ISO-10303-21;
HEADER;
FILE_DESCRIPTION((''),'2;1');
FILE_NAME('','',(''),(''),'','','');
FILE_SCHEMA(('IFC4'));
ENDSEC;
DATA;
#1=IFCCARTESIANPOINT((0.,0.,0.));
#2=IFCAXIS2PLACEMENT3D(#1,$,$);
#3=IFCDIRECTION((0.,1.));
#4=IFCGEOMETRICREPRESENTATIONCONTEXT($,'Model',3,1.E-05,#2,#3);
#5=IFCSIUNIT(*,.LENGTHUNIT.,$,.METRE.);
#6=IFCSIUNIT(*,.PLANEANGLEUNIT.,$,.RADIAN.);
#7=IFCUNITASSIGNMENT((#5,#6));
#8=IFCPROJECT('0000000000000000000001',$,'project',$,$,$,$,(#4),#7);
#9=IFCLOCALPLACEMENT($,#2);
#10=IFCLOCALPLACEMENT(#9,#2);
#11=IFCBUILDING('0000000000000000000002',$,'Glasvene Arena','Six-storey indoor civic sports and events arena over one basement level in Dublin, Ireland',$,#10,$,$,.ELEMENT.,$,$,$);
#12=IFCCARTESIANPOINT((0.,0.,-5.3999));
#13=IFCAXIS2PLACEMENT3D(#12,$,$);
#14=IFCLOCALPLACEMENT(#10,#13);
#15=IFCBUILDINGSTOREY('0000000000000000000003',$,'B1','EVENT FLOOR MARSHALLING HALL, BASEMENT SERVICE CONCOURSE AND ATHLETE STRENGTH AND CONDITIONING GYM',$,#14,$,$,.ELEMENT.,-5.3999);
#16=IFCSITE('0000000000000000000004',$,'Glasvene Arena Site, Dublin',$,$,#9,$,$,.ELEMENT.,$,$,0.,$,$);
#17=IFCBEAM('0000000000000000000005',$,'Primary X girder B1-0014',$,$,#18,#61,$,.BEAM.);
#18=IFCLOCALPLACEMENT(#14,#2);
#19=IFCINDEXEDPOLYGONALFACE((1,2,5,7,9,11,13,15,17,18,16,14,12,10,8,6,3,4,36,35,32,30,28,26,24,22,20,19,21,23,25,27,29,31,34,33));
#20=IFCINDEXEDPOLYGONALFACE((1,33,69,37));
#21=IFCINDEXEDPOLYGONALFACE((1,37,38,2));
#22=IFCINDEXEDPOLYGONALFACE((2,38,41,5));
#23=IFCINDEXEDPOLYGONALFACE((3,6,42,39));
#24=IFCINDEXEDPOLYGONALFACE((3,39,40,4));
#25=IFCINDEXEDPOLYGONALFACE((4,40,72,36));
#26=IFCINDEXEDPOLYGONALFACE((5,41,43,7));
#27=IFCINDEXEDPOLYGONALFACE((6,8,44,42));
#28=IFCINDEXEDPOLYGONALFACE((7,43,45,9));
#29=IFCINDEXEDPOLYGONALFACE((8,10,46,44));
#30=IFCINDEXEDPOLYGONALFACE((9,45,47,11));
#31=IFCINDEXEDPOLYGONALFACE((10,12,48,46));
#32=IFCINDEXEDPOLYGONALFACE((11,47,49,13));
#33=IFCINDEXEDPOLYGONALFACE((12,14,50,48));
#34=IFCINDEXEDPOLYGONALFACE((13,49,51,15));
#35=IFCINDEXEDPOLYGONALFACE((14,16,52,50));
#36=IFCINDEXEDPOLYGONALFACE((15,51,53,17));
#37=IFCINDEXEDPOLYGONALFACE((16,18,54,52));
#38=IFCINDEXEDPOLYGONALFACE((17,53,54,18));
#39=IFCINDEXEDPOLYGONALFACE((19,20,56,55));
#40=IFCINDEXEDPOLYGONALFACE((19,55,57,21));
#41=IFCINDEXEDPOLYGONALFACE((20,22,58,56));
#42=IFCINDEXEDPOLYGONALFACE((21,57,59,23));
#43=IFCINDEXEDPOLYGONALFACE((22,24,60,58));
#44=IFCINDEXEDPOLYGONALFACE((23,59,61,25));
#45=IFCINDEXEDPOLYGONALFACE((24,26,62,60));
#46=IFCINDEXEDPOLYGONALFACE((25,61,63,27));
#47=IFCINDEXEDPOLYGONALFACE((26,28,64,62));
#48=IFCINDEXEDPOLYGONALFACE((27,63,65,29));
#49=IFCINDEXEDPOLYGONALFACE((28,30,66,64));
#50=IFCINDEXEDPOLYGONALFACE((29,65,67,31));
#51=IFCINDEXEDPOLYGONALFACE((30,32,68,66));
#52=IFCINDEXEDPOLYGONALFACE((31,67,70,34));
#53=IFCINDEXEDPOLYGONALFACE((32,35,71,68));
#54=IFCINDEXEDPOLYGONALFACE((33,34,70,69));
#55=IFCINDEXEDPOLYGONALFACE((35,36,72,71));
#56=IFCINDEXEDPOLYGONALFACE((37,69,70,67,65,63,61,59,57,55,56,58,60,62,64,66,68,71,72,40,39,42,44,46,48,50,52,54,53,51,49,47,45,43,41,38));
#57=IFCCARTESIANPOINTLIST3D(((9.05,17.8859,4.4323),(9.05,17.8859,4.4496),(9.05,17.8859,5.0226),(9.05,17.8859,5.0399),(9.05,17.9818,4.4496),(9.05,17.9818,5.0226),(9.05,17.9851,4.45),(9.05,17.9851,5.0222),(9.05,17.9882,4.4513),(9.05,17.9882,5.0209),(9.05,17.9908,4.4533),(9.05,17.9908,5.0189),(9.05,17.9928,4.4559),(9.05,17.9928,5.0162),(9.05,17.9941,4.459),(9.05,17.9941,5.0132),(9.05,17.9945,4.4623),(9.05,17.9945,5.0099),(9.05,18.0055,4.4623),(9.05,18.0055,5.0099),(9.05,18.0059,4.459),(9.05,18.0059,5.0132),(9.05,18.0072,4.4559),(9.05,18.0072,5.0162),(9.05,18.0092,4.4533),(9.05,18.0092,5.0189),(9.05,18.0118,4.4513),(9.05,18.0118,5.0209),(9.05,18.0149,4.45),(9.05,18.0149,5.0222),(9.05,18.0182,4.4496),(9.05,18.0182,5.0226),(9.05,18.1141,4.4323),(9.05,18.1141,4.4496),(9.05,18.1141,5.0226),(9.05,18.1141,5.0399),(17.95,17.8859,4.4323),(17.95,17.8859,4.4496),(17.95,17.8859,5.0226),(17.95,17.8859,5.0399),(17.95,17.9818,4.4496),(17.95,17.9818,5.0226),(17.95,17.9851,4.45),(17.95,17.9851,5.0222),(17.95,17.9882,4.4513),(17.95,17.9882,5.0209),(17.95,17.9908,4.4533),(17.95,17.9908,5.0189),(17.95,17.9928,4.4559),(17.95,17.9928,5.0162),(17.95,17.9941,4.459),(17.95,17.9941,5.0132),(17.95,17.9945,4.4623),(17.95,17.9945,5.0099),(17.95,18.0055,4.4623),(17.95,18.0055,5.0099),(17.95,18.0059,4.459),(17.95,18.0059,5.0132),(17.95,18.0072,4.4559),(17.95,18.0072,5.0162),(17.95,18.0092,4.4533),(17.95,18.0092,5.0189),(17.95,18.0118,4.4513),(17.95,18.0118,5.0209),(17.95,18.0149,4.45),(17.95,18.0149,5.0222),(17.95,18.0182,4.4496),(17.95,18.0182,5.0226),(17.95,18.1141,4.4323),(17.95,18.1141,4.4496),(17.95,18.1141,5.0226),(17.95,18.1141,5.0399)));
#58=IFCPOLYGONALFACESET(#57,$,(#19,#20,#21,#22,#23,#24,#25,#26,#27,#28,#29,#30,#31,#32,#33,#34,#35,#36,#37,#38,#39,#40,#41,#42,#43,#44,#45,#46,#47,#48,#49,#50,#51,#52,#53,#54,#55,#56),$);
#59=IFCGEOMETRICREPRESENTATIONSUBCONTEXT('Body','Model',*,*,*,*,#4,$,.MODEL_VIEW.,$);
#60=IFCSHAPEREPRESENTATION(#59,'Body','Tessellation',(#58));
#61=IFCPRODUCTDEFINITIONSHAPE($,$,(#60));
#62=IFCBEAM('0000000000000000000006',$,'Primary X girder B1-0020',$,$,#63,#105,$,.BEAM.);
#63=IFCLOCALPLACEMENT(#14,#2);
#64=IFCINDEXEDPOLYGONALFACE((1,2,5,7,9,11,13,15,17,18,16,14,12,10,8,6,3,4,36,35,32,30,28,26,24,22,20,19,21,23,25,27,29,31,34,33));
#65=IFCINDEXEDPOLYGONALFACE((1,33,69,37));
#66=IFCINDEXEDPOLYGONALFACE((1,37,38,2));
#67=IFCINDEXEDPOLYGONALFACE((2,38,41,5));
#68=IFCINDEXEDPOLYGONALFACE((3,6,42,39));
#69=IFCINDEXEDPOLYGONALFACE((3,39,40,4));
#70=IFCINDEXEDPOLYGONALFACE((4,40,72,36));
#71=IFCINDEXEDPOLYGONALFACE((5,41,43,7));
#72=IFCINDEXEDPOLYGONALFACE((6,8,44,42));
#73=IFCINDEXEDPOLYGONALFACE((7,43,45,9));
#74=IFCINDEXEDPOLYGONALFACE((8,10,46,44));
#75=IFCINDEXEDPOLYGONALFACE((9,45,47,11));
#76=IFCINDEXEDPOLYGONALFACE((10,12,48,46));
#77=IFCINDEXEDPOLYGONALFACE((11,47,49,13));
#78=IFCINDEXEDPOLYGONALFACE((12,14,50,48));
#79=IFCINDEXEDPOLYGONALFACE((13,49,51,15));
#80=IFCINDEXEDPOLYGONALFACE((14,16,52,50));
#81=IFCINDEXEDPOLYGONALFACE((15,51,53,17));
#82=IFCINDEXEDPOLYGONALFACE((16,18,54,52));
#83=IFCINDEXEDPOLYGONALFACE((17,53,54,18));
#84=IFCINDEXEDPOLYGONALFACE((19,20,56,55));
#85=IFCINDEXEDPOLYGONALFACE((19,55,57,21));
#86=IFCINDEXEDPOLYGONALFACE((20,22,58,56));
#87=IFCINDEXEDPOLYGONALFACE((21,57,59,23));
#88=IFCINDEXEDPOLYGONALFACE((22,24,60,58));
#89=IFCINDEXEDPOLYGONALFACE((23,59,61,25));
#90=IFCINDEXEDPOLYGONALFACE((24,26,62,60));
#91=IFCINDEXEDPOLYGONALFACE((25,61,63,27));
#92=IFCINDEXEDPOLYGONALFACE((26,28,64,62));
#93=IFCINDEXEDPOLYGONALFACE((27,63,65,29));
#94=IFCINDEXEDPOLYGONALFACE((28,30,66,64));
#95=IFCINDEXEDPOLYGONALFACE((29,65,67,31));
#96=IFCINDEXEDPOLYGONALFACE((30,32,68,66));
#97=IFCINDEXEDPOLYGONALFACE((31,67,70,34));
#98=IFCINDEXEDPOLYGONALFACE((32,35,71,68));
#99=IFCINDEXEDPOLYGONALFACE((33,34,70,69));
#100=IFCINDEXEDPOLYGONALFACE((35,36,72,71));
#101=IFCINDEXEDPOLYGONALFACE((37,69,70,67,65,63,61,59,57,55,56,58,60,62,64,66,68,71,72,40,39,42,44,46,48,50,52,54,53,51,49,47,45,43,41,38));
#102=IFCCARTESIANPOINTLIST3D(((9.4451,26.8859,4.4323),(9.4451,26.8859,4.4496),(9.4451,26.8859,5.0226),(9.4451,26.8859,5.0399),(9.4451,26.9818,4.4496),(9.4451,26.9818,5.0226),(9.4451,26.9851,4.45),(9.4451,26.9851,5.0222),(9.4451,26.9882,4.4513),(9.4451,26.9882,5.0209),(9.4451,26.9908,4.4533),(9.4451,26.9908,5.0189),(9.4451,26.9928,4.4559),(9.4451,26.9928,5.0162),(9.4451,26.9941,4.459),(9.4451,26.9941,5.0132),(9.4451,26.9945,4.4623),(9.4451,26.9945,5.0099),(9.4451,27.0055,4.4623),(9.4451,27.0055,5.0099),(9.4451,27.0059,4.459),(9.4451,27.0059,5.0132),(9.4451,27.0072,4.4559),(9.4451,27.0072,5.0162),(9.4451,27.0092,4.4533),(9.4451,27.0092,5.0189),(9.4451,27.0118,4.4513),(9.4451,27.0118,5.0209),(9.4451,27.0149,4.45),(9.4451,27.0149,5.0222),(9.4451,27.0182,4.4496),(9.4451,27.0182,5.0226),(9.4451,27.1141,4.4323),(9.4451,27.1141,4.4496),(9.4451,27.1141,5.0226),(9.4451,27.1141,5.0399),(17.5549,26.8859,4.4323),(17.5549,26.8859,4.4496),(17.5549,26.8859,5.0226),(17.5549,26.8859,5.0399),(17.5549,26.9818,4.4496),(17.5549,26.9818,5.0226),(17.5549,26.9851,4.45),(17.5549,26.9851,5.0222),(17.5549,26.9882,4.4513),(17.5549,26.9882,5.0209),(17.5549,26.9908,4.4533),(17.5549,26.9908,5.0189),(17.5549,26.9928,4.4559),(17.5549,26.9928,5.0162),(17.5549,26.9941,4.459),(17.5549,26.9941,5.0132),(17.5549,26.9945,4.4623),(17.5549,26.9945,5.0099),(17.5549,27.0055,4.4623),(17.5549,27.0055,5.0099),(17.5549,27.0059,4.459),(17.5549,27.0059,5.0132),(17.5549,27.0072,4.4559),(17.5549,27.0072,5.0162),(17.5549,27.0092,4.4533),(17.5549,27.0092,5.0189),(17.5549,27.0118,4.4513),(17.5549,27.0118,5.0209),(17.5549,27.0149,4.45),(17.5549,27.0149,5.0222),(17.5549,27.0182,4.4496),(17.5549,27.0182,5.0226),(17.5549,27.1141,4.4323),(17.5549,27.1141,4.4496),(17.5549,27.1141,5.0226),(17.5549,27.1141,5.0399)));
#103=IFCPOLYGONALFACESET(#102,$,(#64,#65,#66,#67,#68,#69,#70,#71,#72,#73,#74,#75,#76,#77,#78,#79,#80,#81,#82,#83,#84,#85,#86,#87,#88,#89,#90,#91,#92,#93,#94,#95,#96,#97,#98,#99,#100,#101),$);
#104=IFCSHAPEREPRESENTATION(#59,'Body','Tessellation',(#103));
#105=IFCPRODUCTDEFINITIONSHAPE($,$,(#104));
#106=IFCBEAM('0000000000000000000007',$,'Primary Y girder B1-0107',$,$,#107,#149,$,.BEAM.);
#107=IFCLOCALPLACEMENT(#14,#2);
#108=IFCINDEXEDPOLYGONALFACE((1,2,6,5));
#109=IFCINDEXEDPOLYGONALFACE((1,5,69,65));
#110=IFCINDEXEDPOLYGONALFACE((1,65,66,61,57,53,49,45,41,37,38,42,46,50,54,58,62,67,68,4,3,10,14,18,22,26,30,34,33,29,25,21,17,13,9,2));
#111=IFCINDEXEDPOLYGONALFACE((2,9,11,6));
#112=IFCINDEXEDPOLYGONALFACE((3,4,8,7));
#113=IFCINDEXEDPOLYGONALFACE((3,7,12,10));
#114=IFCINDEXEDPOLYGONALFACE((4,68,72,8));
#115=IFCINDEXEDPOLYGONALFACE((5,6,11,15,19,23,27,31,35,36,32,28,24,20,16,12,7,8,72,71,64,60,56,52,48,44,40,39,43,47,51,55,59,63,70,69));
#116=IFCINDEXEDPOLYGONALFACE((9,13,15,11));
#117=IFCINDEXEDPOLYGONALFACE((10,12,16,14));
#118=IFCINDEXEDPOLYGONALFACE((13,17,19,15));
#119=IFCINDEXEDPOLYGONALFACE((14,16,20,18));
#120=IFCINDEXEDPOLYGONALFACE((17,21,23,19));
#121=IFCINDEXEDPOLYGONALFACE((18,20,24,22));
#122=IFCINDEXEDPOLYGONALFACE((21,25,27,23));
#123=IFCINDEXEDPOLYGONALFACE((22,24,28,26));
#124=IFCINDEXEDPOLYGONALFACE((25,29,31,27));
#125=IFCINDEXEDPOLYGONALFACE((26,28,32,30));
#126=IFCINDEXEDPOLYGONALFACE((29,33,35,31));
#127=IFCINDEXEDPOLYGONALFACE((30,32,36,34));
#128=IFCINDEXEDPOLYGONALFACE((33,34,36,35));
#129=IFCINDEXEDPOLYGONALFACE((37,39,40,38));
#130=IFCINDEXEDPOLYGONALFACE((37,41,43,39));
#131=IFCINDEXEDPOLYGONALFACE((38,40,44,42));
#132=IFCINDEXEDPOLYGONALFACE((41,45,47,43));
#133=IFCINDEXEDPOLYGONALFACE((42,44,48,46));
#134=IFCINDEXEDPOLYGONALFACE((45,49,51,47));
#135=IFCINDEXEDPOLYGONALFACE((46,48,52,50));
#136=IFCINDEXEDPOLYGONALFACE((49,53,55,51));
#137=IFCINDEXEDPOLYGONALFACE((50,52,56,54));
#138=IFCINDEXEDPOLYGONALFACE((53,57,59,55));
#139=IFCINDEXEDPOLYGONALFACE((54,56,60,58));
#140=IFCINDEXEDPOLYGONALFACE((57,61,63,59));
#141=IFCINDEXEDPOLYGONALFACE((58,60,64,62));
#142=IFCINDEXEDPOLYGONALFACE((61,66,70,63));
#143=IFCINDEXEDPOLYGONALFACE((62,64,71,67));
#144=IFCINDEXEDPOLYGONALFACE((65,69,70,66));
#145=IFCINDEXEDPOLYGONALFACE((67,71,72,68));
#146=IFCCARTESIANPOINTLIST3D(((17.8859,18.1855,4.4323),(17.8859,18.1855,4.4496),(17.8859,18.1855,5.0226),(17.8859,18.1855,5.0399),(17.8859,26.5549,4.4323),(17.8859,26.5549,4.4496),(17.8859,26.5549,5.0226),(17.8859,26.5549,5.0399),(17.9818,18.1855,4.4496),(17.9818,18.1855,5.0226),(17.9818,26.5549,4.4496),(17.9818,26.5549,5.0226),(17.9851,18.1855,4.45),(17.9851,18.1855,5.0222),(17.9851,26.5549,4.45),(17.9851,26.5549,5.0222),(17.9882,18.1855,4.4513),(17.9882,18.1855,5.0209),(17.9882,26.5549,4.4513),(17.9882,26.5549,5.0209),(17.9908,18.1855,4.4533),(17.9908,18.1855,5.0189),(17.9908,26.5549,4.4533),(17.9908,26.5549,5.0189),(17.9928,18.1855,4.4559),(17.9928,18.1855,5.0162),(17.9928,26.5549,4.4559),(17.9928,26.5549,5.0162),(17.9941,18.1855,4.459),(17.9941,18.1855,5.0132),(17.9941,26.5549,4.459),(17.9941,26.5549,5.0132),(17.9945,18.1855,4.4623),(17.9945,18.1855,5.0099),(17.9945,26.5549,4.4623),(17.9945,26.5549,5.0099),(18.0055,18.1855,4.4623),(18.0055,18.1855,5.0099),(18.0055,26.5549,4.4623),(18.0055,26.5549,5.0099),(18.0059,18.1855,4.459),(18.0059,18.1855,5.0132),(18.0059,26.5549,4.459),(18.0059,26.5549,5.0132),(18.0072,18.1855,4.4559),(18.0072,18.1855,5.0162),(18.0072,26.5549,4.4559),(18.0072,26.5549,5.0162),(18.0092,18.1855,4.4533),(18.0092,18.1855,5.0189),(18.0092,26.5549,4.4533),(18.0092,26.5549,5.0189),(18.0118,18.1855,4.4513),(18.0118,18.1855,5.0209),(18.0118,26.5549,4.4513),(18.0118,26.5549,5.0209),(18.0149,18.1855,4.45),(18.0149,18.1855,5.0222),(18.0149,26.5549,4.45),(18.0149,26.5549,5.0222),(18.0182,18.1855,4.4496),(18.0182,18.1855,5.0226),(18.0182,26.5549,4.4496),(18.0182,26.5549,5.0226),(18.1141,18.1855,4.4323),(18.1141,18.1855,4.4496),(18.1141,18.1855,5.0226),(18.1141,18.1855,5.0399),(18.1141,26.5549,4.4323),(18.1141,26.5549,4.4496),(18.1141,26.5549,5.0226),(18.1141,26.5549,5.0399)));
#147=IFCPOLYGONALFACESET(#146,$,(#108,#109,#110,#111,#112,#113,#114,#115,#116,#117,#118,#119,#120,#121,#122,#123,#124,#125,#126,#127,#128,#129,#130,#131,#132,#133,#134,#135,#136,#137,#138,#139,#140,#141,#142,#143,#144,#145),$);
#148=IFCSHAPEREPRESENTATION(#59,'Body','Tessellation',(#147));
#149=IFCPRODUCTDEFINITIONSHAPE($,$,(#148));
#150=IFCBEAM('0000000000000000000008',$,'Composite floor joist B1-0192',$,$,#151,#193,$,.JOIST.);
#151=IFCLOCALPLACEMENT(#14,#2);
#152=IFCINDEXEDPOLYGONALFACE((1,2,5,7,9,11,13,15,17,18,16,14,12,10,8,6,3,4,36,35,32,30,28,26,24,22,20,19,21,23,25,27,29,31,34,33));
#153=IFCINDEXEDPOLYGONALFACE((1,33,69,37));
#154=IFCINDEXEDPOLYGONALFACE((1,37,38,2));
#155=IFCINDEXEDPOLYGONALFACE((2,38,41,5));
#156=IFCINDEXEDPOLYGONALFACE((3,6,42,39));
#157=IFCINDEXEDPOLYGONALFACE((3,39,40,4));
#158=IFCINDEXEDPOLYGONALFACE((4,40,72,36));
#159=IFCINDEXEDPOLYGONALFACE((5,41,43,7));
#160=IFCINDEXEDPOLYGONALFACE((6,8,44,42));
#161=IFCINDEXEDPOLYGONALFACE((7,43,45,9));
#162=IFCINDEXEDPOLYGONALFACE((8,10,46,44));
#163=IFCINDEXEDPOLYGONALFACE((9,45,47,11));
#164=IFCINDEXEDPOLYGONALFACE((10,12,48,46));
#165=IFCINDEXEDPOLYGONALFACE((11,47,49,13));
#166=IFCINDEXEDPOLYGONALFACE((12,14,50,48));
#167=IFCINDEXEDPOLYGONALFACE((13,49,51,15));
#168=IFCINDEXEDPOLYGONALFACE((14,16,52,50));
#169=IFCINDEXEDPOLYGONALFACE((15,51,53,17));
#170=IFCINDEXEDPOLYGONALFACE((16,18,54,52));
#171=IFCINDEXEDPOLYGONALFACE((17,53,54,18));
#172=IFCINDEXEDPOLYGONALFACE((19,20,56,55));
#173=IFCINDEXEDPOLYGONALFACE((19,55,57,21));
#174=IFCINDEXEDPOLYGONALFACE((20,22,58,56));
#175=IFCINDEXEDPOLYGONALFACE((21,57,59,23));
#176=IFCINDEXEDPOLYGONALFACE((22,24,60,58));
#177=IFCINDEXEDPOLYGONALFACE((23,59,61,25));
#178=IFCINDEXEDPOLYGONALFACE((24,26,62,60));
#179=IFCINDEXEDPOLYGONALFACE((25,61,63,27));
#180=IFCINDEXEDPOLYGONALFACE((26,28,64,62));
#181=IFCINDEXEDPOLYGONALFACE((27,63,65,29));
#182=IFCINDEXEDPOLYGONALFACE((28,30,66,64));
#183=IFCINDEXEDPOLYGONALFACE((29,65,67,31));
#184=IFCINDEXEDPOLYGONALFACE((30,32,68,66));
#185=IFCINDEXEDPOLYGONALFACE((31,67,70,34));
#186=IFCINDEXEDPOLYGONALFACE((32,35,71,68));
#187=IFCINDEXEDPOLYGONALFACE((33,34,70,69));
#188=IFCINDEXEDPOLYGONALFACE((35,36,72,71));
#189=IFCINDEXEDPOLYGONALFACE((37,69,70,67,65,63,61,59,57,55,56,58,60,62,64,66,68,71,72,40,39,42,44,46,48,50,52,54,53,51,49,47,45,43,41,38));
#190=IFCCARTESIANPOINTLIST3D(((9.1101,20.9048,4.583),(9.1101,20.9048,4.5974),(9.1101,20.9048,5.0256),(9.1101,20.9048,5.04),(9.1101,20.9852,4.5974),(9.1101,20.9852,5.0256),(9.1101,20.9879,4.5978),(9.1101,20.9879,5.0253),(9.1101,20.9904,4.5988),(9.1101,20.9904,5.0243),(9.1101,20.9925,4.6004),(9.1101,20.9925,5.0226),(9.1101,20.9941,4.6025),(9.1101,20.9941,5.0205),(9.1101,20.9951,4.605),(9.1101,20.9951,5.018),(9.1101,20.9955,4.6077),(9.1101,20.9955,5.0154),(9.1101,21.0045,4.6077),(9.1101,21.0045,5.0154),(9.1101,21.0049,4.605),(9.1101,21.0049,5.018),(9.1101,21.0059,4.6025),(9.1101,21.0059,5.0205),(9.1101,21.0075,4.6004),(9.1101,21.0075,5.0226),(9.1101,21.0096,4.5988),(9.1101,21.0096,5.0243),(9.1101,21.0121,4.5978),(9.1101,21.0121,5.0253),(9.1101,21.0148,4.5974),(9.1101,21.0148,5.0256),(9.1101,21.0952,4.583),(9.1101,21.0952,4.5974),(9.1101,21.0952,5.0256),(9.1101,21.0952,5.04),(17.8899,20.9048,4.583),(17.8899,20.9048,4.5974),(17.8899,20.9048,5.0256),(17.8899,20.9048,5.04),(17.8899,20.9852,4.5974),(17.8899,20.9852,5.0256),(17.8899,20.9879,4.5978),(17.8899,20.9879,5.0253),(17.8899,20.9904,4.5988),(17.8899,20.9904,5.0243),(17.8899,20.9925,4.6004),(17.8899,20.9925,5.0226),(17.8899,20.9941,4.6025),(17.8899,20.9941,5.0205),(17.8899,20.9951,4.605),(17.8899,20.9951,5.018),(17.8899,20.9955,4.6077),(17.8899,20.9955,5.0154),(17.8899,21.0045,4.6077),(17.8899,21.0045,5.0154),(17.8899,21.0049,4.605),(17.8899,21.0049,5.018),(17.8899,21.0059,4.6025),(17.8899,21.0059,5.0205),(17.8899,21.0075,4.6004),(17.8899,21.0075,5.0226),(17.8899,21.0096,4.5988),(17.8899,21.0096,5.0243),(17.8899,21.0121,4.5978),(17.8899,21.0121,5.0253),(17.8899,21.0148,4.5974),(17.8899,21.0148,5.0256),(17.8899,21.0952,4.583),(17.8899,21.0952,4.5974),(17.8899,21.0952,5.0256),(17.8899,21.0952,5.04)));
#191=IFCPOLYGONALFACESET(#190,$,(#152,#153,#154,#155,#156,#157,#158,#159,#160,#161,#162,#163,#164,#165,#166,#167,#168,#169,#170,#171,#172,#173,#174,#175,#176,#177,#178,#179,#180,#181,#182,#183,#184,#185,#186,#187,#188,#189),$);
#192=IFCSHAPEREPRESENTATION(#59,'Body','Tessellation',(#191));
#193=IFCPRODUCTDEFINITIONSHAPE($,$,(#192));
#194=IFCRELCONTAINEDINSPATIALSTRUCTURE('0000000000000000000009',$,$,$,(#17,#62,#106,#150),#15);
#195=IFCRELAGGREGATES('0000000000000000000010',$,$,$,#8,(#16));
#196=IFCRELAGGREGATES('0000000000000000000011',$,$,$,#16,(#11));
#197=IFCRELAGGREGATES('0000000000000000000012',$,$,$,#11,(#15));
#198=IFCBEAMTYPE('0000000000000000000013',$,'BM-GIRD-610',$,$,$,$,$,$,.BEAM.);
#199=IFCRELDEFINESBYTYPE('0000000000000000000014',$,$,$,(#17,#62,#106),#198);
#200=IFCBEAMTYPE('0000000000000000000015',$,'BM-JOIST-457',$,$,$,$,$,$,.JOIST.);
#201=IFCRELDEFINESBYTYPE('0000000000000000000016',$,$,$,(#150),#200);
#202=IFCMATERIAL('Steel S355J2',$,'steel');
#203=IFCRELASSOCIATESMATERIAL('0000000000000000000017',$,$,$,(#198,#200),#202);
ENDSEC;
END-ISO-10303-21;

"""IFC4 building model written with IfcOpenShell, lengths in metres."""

from ifc_helpers import new_model, si_unit, direction, frame, origin, origin_2d, place, context, subcontext, project, spatial, i_section, extrude, material, material_profile, profile_set, type_object, element, save


model = new_model("IFC4")

# Units and contexts
model_context = context("Model", 3, precision=1e-05, world=origin(), true_north=direction((0.0, 1.0)))
body_context = subcontext(model_context, "Body", "Model", "MODEL_VIEW")
ifc_project = project(units=[si_unit("LENGTHUNIT", "METRE"), si_unit("PLANEANGLEUNIT", "RADIAN")], contexts=[model_context])

# Site, building, storey
site_placement = place(None, origin())
site = spatial("IfcSite", under=ifc_project, at=site_placement, Name="Glasvene Arena Site, Dublin", CompositionType="ELEMENT", RefElevation=0.0)
building_placement = place(site_placement, origin())
building = spatial("IfcBuilding", under=site, at=building_placement, Name="Glasvene Arena", Description="Six-storey indoor civic sports and events arena over one basement level in Dublin, Ireland", CompositionType="ELEMENT")
storey_placement = place(building_placement, frame((0.0, 0.0, -5.3999)))
storey = spatial("IfcBuildingStorey", under=building, at=storey_placement, Name="B1", Description="EVENT FLOOR MARSHALLING HALL, BASEMENT SERVICE CONCOURSE AND ATHLETE STRENGTH AND CONDITIONING GYM", CompositionType="ELEMENT", Elevation=-5.3999)

# Shared definitions
ifc_material_1 = material(Name="Steel S355J2", Category="steel")

# Beams
ifc_material_profile_1 = material_profile(ifc_material_1, i_section(OverallWidth=0.2283, OverallDepth=0.6077, WebThickness=0.011, FlangeThickness=0.0173, FilletRadius=0.0127, at=origin_2d()), Name="UKB 610x229x113")
ifc_profile_set_1 = profile_set([ifc_material_profile_1], Name="Steel S355J2")
beam_type_1 = type_object("IfcBeamType", Name="BM-GIRD-610", PredefinedType="BEAM", material=ifc_profile_set_1)
beam_1_placement = place(storey_placement, frame((9.05, 18.0, 4.7361), z_axis=(1.0, 0.0, 0.0), x_axis=(0.0, 1.0, 0.0)))
element("IfcBeam", 1, at=beam_1_placement, inside=storey, type_object=beam_type_1, Name="Primary X girder B1-0014", PredefinedType="BEAM", context=body_context, shape_type="SweptSolid", body=[
    extrude(i_section(OverallWidth=0.2283, OverallDepth=0.6077, WebThickness=0.011, FlangeThickness=0.0173, FilletRadius=0.0127, at=origin_2d()), origin(), (0.0, 0.0, 1.0), 8.8999),
])
beam_2_placement = place(storey_placement, frame((9.4451, 27.0, 4.7361), z_axis=(1.0, 0.0, 0.0), x_axis=(0.0, 1.0, 0.0)))
element("IfcBeam", 2, at=beam_2_placement, inside=storey, type_object=beam_type_1, Name="Primary X girder B1-0020", PredefinedType="BEAM", context=body_context, shape_type="SweptSolid", body=[
    extrude(i_section(OverallWidth=0.2283, OverallDepth=0.6077, WebThickness=0.011, FlangeThickness=0.0173, FilletRadius=0.0127, at=origin_2d()), origin(), (0.0, 0.0, 1.0), 8.1099),
])
beam_3_placement = place(storey_placement, frame((18.0, 18.1855, 4.7361), z_axis=(0.0, 1.0, 0.0), x_axis=(-1.0, 0.0, 0.0)))
element("IfcBeam", 3, at=beam_3_placement, inside=storey, type_object=beam_type_1, Name="Primary Y girder B1-0107", PredefinedType="BEAM", context=body_context, shape_type="SweptSolid", body=[
    extrude(i_section(OverallWidth=0.2283, OverallDepth=0.6077, WebThickness=0.011, FlangeThickness=0.0173, FilletRadius=0.0127, at=origin_2d()), origin(), (0.0, 0.0, 1.0), 8.3694),
])
ifc_material_profile_2 = material_profile(ifc_material_1, i_section(OverallWidth=0.1904, OverallDepth=0.457, WebThickness=0.009, FlangeThickness=0.0144, FilletRadius=0.0103, at=origin_2d()), Name="UKB 457x191x74")
ifc_profile_set_2 = profile_set([ifc_material_profile_2], Name="Steel S355J2")
beam_type_2 = type_object("IfcBeamType", Name="BM-JOIST-457", PredefinedType="JOIST", material=ifc_profile_set_2)
for number, where, z_axis, x_axis, name in (
    (4, (9.1101, 21.0, 4.8115), (1.0, 0.0, 0.0), (0.0, 1.0, 0.0), "Composite floor joist B1-0192"),
):
    element("IfcBeam", number, at=place(storey_placement, frame(where, z_axis=z_axis, x_axis=x_axis)), inside=storey, type_object=beam_type_2, Name=name, PredefinedType="JOIST", context=body_context, shape_type="SweptSolid", body=[
        extrude(i_section(OverallWidth=0.1904, OverallDepth=0.457, WebThickness=0.009, FlangeThickness=0.0144, FilletRadius=0.0103, at=origin_2d()), origin(), (0.0, 0.0, 1.0), 8.7798),
    ])

save(model, "model.ifc")
